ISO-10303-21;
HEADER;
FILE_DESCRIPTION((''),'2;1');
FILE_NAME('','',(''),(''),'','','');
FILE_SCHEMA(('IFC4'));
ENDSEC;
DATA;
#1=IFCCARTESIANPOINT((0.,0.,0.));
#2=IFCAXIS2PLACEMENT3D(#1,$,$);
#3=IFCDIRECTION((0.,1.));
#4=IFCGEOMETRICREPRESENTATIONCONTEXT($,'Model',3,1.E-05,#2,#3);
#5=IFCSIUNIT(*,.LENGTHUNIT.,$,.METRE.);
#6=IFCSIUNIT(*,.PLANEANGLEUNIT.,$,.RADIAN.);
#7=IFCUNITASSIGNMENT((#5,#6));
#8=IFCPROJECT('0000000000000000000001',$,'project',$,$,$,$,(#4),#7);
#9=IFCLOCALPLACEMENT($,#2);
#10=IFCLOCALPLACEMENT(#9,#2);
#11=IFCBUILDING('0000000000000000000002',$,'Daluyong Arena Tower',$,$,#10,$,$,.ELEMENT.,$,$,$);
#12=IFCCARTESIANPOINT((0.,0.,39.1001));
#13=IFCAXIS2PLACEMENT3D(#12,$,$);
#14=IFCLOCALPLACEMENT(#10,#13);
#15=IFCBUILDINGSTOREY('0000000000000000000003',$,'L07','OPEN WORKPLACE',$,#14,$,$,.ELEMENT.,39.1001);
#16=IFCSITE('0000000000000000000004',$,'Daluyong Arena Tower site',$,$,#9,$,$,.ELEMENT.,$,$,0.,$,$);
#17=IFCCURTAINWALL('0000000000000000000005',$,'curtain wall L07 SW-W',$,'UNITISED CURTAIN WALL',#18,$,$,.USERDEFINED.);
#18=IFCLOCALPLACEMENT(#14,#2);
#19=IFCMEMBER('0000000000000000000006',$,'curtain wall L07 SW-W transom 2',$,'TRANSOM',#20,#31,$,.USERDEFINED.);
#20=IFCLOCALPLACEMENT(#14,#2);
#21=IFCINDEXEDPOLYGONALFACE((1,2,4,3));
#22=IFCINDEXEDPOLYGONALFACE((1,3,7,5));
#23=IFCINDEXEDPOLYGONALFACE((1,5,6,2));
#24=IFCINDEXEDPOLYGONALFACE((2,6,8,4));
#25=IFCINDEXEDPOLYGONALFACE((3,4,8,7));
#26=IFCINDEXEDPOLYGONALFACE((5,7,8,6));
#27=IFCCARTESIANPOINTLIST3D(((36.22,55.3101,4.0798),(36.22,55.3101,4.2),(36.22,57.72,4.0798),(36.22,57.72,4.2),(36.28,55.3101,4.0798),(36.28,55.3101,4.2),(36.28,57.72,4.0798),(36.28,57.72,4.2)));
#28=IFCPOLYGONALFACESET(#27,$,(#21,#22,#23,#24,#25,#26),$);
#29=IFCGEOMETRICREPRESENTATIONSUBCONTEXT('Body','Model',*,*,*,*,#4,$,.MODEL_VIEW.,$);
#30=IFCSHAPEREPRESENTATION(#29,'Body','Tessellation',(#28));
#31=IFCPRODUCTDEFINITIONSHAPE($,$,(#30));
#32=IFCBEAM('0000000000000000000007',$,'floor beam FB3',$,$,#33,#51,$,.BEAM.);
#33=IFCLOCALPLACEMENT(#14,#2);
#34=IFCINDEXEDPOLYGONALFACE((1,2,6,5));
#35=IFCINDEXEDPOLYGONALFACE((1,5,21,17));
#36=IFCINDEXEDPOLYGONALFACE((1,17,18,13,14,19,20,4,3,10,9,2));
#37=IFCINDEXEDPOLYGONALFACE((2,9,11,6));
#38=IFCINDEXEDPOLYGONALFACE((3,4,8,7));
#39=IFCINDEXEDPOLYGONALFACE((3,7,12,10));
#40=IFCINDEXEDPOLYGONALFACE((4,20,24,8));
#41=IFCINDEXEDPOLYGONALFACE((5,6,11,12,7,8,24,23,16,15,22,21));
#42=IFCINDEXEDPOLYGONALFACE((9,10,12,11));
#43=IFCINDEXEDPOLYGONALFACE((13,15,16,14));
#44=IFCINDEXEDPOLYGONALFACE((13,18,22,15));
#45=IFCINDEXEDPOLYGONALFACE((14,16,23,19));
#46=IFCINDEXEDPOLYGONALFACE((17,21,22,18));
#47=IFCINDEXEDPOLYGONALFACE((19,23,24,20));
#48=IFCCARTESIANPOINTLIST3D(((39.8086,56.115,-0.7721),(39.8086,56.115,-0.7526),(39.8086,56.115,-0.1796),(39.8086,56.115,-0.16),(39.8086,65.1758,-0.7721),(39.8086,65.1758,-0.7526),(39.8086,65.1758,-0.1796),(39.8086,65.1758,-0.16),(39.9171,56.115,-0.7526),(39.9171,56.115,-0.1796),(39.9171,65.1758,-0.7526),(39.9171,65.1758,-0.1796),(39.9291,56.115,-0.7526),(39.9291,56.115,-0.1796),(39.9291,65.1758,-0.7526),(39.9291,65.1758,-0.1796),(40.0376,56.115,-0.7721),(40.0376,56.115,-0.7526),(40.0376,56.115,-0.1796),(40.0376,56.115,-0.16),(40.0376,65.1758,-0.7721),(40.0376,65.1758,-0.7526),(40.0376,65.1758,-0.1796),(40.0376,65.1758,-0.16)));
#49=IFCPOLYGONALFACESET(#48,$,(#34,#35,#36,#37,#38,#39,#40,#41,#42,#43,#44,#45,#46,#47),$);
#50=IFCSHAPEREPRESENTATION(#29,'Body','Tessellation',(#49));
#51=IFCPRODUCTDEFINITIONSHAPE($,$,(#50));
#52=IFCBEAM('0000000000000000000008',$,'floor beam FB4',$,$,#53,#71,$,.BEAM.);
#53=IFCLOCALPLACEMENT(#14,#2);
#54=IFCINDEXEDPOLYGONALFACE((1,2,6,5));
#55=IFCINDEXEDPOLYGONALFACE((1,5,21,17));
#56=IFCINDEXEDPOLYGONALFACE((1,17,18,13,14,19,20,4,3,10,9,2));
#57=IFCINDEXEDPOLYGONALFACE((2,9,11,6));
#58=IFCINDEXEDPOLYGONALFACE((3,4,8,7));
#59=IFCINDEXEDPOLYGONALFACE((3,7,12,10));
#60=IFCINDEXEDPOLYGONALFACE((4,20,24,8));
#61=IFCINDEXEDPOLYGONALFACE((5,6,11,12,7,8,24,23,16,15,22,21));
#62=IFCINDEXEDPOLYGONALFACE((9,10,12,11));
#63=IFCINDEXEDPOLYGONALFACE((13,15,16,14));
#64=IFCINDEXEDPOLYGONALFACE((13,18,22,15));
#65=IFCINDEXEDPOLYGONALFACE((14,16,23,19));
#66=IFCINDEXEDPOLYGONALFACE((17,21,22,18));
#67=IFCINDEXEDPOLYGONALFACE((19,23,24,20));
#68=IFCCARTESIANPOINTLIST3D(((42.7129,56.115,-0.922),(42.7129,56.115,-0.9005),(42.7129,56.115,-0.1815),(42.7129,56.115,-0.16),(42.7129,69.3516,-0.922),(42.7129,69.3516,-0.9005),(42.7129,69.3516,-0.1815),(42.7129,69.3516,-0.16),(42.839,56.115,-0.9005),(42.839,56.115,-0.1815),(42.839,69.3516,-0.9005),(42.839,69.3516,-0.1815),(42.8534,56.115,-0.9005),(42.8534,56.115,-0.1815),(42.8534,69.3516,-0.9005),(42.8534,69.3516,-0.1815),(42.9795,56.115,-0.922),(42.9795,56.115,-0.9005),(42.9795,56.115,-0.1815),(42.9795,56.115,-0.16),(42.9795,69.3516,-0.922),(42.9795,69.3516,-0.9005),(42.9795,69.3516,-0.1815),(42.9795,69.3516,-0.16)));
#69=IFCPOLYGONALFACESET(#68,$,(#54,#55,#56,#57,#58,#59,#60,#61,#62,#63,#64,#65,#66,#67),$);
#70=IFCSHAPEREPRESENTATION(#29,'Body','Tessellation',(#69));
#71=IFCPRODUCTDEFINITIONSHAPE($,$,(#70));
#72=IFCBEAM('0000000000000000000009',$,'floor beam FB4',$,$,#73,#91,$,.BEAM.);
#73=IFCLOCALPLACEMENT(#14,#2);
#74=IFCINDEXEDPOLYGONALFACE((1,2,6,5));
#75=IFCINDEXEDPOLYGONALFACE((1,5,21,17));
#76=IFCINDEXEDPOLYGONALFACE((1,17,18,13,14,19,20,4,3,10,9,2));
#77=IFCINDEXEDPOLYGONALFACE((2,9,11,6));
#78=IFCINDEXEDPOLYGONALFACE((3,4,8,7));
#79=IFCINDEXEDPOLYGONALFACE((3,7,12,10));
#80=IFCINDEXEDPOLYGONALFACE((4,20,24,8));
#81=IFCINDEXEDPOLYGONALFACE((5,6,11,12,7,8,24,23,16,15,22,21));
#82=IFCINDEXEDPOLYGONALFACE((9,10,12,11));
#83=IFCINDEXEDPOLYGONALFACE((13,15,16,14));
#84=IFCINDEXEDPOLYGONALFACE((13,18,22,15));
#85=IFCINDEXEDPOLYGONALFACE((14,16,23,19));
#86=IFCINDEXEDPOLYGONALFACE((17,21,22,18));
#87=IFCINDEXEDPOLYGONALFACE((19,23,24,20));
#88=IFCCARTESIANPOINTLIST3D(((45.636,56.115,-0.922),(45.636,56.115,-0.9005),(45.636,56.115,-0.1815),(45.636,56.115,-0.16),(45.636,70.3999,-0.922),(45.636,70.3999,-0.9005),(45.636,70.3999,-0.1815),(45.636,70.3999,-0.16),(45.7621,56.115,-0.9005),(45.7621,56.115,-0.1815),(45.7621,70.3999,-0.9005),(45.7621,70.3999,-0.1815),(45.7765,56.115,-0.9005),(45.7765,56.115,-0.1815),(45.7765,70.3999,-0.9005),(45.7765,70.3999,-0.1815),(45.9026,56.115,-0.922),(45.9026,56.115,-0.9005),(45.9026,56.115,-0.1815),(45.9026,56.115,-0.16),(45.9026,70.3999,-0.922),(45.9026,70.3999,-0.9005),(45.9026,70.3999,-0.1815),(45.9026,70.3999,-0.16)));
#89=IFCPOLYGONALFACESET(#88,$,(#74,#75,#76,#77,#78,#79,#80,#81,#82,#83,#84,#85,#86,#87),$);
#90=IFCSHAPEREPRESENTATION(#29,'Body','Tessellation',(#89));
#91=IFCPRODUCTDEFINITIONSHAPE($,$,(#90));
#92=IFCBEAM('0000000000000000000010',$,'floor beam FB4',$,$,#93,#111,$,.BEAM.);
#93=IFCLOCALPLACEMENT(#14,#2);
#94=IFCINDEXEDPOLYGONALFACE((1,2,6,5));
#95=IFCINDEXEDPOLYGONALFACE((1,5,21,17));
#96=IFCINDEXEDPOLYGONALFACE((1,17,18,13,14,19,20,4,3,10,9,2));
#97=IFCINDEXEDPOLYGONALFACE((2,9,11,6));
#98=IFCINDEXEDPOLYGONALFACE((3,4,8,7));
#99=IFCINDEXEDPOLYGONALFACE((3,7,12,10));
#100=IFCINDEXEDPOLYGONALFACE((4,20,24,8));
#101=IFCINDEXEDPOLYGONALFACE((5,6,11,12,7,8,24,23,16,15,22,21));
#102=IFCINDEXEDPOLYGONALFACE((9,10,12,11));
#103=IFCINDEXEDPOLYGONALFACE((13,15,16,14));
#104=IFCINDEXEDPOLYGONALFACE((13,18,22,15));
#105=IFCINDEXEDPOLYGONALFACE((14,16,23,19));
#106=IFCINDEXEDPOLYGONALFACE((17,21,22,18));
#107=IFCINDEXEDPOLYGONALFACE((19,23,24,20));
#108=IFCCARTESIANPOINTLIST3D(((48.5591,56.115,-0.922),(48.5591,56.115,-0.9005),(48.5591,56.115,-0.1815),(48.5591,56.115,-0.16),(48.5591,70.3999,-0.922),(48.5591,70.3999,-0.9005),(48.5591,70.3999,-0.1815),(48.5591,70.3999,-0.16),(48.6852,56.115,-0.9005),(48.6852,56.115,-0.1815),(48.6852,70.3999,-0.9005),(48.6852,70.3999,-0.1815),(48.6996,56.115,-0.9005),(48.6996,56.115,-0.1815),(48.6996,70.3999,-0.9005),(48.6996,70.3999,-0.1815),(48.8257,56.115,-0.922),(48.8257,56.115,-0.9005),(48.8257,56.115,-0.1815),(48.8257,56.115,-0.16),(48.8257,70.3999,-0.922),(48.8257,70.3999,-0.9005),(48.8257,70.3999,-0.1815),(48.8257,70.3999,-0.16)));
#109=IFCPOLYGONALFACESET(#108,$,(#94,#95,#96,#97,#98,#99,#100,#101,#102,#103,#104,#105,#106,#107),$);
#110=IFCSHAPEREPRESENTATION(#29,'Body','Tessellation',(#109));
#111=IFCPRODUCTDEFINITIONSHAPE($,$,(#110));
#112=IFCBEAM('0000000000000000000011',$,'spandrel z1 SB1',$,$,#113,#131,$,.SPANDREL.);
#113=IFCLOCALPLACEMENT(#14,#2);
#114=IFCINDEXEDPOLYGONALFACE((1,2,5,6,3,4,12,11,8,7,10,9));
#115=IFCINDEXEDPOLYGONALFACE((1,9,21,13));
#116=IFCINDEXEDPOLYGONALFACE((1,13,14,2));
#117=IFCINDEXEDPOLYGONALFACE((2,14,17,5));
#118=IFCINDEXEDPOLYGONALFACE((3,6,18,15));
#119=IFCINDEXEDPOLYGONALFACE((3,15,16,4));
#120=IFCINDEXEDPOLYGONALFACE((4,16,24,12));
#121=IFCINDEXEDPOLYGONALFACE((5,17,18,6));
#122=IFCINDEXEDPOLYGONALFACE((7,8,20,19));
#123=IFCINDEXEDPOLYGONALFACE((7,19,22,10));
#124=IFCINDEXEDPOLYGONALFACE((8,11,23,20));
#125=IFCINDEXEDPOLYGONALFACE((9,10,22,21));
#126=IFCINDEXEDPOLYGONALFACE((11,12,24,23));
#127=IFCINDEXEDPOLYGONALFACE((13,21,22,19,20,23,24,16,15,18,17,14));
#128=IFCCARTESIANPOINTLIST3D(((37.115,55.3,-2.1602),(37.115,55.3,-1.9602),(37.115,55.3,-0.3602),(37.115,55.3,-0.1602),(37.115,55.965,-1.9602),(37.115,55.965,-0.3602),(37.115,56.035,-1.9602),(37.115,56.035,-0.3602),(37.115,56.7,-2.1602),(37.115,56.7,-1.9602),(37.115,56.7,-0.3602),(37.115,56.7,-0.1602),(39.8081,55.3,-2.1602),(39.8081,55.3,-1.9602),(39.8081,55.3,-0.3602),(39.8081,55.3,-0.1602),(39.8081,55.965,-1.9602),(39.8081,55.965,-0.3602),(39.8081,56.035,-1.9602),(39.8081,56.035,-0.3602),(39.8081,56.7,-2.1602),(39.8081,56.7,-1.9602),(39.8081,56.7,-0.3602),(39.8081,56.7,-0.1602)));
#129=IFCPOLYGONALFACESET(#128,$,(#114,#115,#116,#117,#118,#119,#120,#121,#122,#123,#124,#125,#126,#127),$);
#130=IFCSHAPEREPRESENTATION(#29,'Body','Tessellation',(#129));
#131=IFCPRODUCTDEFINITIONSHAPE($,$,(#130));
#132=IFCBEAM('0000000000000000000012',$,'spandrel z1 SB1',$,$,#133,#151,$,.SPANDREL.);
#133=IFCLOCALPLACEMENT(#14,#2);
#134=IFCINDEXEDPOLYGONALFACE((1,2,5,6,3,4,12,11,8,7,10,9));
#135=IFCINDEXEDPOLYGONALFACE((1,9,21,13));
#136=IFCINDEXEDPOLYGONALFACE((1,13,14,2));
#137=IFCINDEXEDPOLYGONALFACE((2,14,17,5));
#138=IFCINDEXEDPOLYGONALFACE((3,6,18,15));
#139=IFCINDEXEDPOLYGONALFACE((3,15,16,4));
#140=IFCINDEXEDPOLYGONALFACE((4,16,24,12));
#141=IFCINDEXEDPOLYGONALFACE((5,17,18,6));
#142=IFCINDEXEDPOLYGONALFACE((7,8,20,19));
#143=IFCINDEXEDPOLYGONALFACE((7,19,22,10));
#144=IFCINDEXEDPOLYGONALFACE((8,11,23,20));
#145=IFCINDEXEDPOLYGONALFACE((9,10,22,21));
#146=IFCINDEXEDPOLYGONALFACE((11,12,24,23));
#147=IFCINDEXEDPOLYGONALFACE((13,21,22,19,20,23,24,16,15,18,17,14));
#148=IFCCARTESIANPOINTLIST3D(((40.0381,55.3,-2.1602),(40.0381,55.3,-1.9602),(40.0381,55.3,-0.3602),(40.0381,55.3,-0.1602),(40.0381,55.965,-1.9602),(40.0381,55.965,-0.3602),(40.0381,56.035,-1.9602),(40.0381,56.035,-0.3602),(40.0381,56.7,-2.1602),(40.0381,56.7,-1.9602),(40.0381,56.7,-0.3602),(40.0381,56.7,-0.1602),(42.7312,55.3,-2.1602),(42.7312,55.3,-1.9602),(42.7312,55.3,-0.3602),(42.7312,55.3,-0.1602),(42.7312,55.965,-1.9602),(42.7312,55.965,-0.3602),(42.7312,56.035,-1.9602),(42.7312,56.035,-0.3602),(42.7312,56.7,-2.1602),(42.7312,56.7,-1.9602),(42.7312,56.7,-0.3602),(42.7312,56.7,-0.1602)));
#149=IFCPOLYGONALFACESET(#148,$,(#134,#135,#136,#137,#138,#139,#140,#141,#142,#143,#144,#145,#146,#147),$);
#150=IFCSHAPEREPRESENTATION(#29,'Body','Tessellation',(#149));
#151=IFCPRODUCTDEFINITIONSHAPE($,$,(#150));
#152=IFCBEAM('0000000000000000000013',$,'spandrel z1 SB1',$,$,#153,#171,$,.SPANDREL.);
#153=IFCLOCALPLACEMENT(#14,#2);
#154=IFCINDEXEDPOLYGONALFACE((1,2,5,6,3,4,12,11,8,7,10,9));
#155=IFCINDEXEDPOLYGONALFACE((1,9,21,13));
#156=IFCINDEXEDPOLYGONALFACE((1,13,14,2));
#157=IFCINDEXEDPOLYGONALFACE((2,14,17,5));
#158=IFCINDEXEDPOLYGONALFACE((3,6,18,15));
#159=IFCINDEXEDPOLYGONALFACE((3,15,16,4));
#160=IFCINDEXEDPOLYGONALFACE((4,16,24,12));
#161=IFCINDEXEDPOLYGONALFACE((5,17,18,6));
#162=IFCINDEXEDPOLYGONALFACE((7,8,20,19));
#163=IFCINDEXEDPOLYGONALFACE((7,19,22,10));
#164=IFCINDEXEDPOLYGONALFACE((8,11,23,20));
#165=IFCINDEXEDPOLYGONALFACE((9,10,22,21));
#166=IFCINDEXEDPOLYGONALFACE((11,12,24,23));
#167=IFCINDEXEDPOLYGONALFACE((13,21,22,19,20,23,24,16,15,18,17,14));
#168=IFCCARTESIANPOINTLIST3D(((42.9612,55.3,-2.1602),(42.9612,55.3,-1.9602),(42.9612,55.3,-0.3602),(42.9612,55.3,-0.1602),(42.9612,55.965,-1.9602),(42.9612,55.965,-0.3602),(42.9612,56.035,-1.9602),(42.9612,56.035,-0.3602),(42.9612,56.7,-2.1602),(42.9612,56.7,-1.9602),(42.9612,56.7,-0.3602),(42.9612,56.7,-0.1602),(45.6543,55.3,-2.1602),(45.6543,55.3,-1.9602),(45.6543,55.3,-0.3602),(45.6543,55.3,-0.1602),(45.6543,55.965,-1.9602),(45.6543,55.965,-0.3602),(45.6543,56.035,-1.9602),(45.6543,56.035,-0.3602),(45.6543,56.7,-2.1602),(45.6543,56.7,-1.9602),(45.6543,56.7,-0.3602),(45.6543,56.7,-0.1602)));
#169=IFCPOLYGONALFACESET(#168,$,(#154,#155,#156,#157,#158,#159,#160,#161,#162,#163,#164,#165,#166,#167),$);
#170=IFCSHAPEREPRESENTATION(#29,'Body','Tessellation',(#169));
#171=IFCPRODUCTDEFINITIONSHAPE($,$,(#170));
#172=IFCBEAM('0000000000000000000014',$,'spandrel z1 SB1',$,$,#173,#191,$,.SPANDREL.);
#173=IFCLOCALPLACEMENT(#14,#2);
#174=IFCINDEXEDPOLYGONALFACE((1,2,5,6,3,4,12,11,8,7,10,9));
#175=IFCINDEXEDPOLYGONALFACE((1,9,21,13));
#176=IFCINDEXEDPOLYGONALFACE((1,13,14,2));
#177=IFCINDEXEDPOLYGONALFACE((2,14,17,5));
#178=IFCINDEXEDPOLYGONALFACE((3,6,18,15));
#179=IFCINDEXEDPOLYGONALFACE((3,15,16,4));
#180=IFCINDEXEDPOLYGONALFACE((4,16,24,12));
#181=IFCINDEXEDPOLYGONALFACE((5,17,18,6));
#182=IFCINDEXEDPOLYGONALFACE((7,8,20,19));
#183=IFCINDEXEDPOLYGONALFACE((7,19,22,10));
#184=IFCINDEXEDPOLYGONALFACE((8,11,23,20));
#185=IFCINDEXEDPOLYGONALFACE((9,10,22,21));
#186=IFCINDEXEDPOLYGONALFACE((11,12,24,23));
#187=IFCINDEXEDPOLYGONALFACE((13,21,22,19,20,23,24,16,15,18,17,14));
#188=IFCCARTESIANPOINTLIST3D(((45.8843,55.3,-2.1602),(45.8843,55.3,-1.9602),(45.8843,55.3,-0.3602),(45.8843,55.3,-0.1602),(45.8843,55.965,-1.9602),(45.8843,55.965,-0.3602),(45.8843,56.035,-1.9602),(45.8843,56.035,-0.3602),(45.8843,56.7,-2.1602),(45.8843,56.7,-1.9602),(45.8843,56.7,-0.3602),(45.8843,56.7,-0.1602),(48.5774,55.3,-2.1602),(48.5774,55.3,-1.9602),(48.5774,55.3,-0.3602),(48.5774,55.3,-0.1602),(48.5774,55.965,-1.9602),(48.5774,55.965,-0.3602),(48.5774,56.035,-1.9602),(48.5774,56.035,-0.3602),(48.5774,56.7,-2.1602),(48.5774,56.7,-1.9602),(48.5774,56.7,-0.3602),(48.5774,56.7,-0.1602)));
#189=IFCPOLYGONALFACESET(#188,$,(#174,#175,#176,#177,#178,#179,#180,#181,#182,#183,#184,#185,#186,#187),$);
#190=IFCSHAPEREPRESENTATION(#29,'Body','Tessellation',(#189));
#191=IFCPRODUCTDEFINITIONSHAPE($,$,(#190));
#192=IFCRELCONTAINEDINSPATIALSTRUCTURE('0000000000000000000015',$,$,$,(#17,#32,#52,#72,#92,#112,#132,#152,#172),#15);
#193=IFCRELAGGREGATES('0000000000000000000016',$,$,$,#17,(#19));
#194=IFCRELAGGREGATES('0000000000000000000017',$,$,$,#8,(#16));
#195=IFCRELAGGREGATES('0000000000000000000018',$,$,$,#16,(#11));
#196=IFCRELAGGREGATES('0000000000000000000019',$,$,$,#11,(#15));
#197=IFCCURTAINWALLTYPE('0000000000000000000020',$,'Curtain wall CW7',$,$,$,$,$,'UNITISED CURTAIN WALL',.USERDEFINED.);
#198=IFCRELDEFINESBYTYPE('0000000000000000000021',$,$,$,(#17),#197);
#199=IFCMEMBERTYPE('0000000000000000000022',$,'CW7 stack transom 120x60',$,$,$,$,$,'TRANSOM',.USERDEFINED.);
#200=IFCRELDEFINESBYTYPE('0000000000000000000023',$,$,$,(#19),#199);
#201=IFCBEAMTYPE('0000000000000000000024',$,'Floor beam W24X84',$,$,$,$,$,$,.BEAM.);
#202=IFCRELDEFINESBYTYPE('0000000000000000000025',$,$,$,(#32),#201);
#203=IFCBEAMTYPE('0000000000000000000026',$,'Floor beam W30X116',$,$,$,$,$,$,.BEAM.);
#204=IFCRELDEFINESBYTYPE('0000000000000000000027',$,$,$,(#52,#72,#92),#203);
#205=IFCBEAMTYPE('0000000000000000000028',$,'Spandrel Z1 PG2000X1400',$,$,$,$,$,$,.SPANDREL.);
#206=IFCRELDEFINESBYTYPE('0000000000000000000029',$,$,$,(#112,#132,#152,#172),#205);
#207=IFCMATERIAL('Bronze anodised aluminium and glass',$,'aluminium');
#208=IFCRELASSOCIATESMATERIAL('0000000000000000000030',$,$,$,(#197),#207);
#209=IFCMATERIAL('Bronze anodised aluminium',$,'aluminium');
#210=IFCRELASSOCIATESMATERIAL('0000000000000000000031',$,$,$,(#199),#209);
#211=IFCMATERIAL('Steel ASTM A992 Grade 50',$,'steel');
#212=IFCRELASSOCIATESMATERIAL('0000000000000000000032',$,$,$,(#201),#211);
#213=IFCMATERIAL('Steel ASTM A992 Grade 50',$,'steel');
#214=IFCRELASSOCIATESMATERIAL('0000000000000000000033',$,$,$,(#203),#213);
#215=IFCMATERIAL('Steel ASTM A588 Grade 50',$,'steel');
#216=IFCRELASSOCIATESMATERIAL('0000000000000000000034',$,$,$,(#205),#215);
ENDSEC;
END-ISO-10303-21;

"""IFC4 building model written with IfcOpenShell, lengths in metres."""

from ifc_helpers import new_model, si_unit, direction, frame, origin, origin_2d, place, context, subcontext, project, spatial, rectangle, i_section, extrude, material, material_profile, profile_set, type_object, element, aggregate, save


model = new_model("IFC4")

# Units and contexts
model_context = context("Model", 3, precision=1e-05, world=origin(), true_north=direction((0.0, 1.0)))
body_context = subcontext(model_context, "Body", "Model", "MODEL_VIEW")
ifc_project = project(units=[si_unit("LENGTHUNIT", "METRE"), si_unit("PLANEANGLEUNIT", "RADIAN")], contexts=[model_context])

# Site, building, storey
site_placement = place(None, origin())
site = spatial("IfcSite", under=ifc_project, at=site_placement, Name="Daluyong Arena Tower site", CompositionType="ELEMENT", RefElevation=0.0)
building_placement = place(site_placement, origin())
building = spatial("IfcBuilding", under=site, at=building_placement, Name="Daluyong Arena Tower", CompositionType="ELEMENT")
storey_placement = place(building_placement, frame((0.0, 0.0, 39.1001)))
storey = spatial("IfcBuildingStorey", under=building, at=storey_placement, Name="L07", Description="OPEN WORKPLACE", CompositionType="ELEMENT", Elevation=39.1001)

# Shared definitions
ifc_material_1 = material(Name="Bronze anodised aluminium and glass", Category="aluminium")
curtain_wall_type_1 = type_object("IfcCurtainWallType", Name="Curtain wall CW7", ElementType="UNITISED CURTAIN WALL", PredefinedType="USERDEFINED", material=ifc_material_1)

# Curtain wall, member
curtain_wall_1_placement = place(storey_placement, origin())
curtain_wall_1 = element("IfcCurtainWall", 1, at=curtain_wall_1_placement, inside=storey, type_object=curtain_wall_type_1, Name="curtain wall L07 SW-W", ObjectType="UNITISED CURTAIN WALL", PredefinedType="USERDEFINED")
ifc_material_2 = material(Name="Bronze anodised aluminium", Category="aluminium")
ifc_material_profile_1 = material_profile(ifc_material_2, rectangle(XDim=0.0601, YDim=0.1201, at=origin_2d()))
ifc_profile_set_1 = profile_set([ifc_material_profile_1], Name="Bronze anodised aluminium")
member_type_1 = type_object("IfcMemberType", Name="CW7 stack transom 120x60", ElementType="TRANSOM", PredefinedType="USERDEFINED", material=ifc_profile_set_1)
member_1_placement = place(storey_placement, frame((36.25, 57.72, 4.1399), z_axis=(0.0, -1.0, 0.0), x_axis=(1.0, 0.0, 0.0)))
member_1 = element("IfcMember", 2, at=member_1_placement, type_object=member_type_1, Name="curtain wall L07 SW-W transom 2", ObjectType="TRANSOM", PredefinedType="USERDEFINED", context=body_context, shape_type="SweptSolid", body=[
    extrude(rectangle(XDim=0.0601, YDim=0.1201, at=origin_2d()), origin(), (0.0, 0.0, 1.0), 2.4099),
])

# Beams
ifc_material_3 = material(Name="Steel ASTM A992 Grade 50", Category="steel")
ifc_material_profile_2 = material_profile(ifc_material_3, i_section(OverallWidth=0.229, OverallDepth=0.6121, WebThickness=0.012, FlangeThickness=0.0195, at=origin_2d()))
ifc_profile_set_2 = profile_set([ifc_material_profile_2], Name="Steel ASTM A992 Grade 50")
beam_type_1 = type_object("IfcBeamType", Name="Floor beam W24X84", PredefinedType="BEAM", material=ifc_profile_set_2)
beam_1_placement = place(storey_placement, frame((39.9231, 56.115, -0.4661), z_axis=(0.0, 1.0, 0.0), x_axis=(-1.0, 0.0, 0.0)))
element("IfcBeam", 3, at=beam_1_placement, inside=storey, type_object=beam_type_1, Name="floor beam FB3", PredefinedType="BEAM", context=body_context, shape_type="SweptSolid", body=[
    extrude(i_section(OverallWidth=0.229, OverallDepth=0.6121, WebThickness=0.012, FlangeThickness=0.0195, at=origin_2d()), origin(), (0.0, 0.0, 1.0), 9.0608),
])
ifc_material_4 = material(Name="Steel ASTM A992 Grade 50", Category="steel")
ifc_material_profile_3 = material_profile(ifc_material_4, i_section(OverallWidth=0.2666, OverallDepth=0.762, WebThickness=0.0144, FlangeThickness=0.0215, at=origin_2d()))
ifc_profile_set_3 = profile_set([ifc_material_profile_3], Name="Steel ASTM A992 Grade 50")
beam_type_2 = type_object("IfcBeamType", Name="Floor beam W30X116", PredefinedType="BEAM", material=ifc_profile_set_3)
beam_2_placement = place(storey_placement, frame((42.8462, 56.115, -0.541), z_axis=(0.0, 1.0, 0.0), x_axis=(-1.0, 0.0, 0.0)))
element("IfcBeam", 4, at=beam_2_placement, inside=storey, type_object=beam_type_2, Name="floor beam FB4", PredefinedType="BEAM", context=body_context, shape_type="SweptSolid", body=[
    extrude(i_section(OverallWidth=0.2666, OverallDepth=0.762, WebThickness=0.0144, FlangeThickness=0.0215, at=origin_2d()), origin(), (0.0, 0.0, 1.0), 13.2366),
])
for number, where, z_axis, x_axis, name in (
    (5, (45.7693, 56.115, -0.541), (0.0, 1.0, 0.0), (-1.0, 0.0, 0.0), "floor beam FB4"),
    (6, (48.6924, 56.115, -0.541), (0.0, 1.0, 0.0), (-1.0, 0.0, 0.0), "floor beam FB4"),
):
    element("IfcBeam", number, at=place(storey_placement, frame(where, z_axis=z_axis, x_axis=x_axis)), inside=storey, type_object=beam_type_2, Name=name, PredefinedType="BEAM", context=body_context, shape_type="SweptSolid", body=[
        extrude(i_section(OverallWidth=0.2666, OverallDepth=0.762, WebThickness=0.0144, FlangeThickness=0.0215, at=origin_2d()), origin(), (0.0, 0.0, 1.0), 14.2849),
    ])
ifc_material_5 = material(Name="Steel ASTM A588 Grade 50", Category="steel")
ifc_material_profile_4 = material_profile(ifc_material_5, i_section(OverallWidth=1.3999, OverallDepth=2.0, WebThickness=0.07, FlangeThickness=0.2, at=origin_2d()))
ifc_profile_set_4 = profile_set([ifc_material_profile_4], Name="Steel ASTM A588 Grade 50")
beam_type_3 = type_object("IfcBeamType", Name="Spandrel Z1 PG2000X1400", PredefinedType="SPANDREL", material=ifc_profile_set_4)
for number, where, z_axis, x_axis, name in (
    (7, (37.115, 56.0, -1.1602), (1.0, 0.0, 0.0), (0.0, 1.0, 0.0), "spandrel z1 SB1"),
    (8, (40.0381, 56.0, -1.1602), (1.0, 0.0, 0.0), (0.0, 1.0, 0.0), "spandrel z1 SB1"),
    (9, (42.9612, 56.0, -1.1602), (1.0, 0.0, 0.0), (0.0, 1.0, 0.0), "spandrel z1 SB1"),
    (10, (45.8843, 56.0, -1.1602), (1.0, 0.0, 0.0), (0.0, 1.0, 0.0), "spandrel z1 SB1"),
):
    element("IfcBeam", number, at=place(storey_placement, frame(where, z_axis=z_axis, x_axis=x_axis)), inside=storey, type_object=beam_type_3, Name=name, PredefinedType="SPANDREL", context=body_context, shape_type="SweptSolid", body=[
        extrude(i_section(OverallWidth=1.3999, OverallDepth=2.0, WebThickness=0.07, FlangeThickness=0.2, at=origin_2d()), origin(), (0.0, 0.0, 1.0), 2.6931),
    ])

aggregate(curtain_wall_1, [member_1])

save(model, "model.ifc")
